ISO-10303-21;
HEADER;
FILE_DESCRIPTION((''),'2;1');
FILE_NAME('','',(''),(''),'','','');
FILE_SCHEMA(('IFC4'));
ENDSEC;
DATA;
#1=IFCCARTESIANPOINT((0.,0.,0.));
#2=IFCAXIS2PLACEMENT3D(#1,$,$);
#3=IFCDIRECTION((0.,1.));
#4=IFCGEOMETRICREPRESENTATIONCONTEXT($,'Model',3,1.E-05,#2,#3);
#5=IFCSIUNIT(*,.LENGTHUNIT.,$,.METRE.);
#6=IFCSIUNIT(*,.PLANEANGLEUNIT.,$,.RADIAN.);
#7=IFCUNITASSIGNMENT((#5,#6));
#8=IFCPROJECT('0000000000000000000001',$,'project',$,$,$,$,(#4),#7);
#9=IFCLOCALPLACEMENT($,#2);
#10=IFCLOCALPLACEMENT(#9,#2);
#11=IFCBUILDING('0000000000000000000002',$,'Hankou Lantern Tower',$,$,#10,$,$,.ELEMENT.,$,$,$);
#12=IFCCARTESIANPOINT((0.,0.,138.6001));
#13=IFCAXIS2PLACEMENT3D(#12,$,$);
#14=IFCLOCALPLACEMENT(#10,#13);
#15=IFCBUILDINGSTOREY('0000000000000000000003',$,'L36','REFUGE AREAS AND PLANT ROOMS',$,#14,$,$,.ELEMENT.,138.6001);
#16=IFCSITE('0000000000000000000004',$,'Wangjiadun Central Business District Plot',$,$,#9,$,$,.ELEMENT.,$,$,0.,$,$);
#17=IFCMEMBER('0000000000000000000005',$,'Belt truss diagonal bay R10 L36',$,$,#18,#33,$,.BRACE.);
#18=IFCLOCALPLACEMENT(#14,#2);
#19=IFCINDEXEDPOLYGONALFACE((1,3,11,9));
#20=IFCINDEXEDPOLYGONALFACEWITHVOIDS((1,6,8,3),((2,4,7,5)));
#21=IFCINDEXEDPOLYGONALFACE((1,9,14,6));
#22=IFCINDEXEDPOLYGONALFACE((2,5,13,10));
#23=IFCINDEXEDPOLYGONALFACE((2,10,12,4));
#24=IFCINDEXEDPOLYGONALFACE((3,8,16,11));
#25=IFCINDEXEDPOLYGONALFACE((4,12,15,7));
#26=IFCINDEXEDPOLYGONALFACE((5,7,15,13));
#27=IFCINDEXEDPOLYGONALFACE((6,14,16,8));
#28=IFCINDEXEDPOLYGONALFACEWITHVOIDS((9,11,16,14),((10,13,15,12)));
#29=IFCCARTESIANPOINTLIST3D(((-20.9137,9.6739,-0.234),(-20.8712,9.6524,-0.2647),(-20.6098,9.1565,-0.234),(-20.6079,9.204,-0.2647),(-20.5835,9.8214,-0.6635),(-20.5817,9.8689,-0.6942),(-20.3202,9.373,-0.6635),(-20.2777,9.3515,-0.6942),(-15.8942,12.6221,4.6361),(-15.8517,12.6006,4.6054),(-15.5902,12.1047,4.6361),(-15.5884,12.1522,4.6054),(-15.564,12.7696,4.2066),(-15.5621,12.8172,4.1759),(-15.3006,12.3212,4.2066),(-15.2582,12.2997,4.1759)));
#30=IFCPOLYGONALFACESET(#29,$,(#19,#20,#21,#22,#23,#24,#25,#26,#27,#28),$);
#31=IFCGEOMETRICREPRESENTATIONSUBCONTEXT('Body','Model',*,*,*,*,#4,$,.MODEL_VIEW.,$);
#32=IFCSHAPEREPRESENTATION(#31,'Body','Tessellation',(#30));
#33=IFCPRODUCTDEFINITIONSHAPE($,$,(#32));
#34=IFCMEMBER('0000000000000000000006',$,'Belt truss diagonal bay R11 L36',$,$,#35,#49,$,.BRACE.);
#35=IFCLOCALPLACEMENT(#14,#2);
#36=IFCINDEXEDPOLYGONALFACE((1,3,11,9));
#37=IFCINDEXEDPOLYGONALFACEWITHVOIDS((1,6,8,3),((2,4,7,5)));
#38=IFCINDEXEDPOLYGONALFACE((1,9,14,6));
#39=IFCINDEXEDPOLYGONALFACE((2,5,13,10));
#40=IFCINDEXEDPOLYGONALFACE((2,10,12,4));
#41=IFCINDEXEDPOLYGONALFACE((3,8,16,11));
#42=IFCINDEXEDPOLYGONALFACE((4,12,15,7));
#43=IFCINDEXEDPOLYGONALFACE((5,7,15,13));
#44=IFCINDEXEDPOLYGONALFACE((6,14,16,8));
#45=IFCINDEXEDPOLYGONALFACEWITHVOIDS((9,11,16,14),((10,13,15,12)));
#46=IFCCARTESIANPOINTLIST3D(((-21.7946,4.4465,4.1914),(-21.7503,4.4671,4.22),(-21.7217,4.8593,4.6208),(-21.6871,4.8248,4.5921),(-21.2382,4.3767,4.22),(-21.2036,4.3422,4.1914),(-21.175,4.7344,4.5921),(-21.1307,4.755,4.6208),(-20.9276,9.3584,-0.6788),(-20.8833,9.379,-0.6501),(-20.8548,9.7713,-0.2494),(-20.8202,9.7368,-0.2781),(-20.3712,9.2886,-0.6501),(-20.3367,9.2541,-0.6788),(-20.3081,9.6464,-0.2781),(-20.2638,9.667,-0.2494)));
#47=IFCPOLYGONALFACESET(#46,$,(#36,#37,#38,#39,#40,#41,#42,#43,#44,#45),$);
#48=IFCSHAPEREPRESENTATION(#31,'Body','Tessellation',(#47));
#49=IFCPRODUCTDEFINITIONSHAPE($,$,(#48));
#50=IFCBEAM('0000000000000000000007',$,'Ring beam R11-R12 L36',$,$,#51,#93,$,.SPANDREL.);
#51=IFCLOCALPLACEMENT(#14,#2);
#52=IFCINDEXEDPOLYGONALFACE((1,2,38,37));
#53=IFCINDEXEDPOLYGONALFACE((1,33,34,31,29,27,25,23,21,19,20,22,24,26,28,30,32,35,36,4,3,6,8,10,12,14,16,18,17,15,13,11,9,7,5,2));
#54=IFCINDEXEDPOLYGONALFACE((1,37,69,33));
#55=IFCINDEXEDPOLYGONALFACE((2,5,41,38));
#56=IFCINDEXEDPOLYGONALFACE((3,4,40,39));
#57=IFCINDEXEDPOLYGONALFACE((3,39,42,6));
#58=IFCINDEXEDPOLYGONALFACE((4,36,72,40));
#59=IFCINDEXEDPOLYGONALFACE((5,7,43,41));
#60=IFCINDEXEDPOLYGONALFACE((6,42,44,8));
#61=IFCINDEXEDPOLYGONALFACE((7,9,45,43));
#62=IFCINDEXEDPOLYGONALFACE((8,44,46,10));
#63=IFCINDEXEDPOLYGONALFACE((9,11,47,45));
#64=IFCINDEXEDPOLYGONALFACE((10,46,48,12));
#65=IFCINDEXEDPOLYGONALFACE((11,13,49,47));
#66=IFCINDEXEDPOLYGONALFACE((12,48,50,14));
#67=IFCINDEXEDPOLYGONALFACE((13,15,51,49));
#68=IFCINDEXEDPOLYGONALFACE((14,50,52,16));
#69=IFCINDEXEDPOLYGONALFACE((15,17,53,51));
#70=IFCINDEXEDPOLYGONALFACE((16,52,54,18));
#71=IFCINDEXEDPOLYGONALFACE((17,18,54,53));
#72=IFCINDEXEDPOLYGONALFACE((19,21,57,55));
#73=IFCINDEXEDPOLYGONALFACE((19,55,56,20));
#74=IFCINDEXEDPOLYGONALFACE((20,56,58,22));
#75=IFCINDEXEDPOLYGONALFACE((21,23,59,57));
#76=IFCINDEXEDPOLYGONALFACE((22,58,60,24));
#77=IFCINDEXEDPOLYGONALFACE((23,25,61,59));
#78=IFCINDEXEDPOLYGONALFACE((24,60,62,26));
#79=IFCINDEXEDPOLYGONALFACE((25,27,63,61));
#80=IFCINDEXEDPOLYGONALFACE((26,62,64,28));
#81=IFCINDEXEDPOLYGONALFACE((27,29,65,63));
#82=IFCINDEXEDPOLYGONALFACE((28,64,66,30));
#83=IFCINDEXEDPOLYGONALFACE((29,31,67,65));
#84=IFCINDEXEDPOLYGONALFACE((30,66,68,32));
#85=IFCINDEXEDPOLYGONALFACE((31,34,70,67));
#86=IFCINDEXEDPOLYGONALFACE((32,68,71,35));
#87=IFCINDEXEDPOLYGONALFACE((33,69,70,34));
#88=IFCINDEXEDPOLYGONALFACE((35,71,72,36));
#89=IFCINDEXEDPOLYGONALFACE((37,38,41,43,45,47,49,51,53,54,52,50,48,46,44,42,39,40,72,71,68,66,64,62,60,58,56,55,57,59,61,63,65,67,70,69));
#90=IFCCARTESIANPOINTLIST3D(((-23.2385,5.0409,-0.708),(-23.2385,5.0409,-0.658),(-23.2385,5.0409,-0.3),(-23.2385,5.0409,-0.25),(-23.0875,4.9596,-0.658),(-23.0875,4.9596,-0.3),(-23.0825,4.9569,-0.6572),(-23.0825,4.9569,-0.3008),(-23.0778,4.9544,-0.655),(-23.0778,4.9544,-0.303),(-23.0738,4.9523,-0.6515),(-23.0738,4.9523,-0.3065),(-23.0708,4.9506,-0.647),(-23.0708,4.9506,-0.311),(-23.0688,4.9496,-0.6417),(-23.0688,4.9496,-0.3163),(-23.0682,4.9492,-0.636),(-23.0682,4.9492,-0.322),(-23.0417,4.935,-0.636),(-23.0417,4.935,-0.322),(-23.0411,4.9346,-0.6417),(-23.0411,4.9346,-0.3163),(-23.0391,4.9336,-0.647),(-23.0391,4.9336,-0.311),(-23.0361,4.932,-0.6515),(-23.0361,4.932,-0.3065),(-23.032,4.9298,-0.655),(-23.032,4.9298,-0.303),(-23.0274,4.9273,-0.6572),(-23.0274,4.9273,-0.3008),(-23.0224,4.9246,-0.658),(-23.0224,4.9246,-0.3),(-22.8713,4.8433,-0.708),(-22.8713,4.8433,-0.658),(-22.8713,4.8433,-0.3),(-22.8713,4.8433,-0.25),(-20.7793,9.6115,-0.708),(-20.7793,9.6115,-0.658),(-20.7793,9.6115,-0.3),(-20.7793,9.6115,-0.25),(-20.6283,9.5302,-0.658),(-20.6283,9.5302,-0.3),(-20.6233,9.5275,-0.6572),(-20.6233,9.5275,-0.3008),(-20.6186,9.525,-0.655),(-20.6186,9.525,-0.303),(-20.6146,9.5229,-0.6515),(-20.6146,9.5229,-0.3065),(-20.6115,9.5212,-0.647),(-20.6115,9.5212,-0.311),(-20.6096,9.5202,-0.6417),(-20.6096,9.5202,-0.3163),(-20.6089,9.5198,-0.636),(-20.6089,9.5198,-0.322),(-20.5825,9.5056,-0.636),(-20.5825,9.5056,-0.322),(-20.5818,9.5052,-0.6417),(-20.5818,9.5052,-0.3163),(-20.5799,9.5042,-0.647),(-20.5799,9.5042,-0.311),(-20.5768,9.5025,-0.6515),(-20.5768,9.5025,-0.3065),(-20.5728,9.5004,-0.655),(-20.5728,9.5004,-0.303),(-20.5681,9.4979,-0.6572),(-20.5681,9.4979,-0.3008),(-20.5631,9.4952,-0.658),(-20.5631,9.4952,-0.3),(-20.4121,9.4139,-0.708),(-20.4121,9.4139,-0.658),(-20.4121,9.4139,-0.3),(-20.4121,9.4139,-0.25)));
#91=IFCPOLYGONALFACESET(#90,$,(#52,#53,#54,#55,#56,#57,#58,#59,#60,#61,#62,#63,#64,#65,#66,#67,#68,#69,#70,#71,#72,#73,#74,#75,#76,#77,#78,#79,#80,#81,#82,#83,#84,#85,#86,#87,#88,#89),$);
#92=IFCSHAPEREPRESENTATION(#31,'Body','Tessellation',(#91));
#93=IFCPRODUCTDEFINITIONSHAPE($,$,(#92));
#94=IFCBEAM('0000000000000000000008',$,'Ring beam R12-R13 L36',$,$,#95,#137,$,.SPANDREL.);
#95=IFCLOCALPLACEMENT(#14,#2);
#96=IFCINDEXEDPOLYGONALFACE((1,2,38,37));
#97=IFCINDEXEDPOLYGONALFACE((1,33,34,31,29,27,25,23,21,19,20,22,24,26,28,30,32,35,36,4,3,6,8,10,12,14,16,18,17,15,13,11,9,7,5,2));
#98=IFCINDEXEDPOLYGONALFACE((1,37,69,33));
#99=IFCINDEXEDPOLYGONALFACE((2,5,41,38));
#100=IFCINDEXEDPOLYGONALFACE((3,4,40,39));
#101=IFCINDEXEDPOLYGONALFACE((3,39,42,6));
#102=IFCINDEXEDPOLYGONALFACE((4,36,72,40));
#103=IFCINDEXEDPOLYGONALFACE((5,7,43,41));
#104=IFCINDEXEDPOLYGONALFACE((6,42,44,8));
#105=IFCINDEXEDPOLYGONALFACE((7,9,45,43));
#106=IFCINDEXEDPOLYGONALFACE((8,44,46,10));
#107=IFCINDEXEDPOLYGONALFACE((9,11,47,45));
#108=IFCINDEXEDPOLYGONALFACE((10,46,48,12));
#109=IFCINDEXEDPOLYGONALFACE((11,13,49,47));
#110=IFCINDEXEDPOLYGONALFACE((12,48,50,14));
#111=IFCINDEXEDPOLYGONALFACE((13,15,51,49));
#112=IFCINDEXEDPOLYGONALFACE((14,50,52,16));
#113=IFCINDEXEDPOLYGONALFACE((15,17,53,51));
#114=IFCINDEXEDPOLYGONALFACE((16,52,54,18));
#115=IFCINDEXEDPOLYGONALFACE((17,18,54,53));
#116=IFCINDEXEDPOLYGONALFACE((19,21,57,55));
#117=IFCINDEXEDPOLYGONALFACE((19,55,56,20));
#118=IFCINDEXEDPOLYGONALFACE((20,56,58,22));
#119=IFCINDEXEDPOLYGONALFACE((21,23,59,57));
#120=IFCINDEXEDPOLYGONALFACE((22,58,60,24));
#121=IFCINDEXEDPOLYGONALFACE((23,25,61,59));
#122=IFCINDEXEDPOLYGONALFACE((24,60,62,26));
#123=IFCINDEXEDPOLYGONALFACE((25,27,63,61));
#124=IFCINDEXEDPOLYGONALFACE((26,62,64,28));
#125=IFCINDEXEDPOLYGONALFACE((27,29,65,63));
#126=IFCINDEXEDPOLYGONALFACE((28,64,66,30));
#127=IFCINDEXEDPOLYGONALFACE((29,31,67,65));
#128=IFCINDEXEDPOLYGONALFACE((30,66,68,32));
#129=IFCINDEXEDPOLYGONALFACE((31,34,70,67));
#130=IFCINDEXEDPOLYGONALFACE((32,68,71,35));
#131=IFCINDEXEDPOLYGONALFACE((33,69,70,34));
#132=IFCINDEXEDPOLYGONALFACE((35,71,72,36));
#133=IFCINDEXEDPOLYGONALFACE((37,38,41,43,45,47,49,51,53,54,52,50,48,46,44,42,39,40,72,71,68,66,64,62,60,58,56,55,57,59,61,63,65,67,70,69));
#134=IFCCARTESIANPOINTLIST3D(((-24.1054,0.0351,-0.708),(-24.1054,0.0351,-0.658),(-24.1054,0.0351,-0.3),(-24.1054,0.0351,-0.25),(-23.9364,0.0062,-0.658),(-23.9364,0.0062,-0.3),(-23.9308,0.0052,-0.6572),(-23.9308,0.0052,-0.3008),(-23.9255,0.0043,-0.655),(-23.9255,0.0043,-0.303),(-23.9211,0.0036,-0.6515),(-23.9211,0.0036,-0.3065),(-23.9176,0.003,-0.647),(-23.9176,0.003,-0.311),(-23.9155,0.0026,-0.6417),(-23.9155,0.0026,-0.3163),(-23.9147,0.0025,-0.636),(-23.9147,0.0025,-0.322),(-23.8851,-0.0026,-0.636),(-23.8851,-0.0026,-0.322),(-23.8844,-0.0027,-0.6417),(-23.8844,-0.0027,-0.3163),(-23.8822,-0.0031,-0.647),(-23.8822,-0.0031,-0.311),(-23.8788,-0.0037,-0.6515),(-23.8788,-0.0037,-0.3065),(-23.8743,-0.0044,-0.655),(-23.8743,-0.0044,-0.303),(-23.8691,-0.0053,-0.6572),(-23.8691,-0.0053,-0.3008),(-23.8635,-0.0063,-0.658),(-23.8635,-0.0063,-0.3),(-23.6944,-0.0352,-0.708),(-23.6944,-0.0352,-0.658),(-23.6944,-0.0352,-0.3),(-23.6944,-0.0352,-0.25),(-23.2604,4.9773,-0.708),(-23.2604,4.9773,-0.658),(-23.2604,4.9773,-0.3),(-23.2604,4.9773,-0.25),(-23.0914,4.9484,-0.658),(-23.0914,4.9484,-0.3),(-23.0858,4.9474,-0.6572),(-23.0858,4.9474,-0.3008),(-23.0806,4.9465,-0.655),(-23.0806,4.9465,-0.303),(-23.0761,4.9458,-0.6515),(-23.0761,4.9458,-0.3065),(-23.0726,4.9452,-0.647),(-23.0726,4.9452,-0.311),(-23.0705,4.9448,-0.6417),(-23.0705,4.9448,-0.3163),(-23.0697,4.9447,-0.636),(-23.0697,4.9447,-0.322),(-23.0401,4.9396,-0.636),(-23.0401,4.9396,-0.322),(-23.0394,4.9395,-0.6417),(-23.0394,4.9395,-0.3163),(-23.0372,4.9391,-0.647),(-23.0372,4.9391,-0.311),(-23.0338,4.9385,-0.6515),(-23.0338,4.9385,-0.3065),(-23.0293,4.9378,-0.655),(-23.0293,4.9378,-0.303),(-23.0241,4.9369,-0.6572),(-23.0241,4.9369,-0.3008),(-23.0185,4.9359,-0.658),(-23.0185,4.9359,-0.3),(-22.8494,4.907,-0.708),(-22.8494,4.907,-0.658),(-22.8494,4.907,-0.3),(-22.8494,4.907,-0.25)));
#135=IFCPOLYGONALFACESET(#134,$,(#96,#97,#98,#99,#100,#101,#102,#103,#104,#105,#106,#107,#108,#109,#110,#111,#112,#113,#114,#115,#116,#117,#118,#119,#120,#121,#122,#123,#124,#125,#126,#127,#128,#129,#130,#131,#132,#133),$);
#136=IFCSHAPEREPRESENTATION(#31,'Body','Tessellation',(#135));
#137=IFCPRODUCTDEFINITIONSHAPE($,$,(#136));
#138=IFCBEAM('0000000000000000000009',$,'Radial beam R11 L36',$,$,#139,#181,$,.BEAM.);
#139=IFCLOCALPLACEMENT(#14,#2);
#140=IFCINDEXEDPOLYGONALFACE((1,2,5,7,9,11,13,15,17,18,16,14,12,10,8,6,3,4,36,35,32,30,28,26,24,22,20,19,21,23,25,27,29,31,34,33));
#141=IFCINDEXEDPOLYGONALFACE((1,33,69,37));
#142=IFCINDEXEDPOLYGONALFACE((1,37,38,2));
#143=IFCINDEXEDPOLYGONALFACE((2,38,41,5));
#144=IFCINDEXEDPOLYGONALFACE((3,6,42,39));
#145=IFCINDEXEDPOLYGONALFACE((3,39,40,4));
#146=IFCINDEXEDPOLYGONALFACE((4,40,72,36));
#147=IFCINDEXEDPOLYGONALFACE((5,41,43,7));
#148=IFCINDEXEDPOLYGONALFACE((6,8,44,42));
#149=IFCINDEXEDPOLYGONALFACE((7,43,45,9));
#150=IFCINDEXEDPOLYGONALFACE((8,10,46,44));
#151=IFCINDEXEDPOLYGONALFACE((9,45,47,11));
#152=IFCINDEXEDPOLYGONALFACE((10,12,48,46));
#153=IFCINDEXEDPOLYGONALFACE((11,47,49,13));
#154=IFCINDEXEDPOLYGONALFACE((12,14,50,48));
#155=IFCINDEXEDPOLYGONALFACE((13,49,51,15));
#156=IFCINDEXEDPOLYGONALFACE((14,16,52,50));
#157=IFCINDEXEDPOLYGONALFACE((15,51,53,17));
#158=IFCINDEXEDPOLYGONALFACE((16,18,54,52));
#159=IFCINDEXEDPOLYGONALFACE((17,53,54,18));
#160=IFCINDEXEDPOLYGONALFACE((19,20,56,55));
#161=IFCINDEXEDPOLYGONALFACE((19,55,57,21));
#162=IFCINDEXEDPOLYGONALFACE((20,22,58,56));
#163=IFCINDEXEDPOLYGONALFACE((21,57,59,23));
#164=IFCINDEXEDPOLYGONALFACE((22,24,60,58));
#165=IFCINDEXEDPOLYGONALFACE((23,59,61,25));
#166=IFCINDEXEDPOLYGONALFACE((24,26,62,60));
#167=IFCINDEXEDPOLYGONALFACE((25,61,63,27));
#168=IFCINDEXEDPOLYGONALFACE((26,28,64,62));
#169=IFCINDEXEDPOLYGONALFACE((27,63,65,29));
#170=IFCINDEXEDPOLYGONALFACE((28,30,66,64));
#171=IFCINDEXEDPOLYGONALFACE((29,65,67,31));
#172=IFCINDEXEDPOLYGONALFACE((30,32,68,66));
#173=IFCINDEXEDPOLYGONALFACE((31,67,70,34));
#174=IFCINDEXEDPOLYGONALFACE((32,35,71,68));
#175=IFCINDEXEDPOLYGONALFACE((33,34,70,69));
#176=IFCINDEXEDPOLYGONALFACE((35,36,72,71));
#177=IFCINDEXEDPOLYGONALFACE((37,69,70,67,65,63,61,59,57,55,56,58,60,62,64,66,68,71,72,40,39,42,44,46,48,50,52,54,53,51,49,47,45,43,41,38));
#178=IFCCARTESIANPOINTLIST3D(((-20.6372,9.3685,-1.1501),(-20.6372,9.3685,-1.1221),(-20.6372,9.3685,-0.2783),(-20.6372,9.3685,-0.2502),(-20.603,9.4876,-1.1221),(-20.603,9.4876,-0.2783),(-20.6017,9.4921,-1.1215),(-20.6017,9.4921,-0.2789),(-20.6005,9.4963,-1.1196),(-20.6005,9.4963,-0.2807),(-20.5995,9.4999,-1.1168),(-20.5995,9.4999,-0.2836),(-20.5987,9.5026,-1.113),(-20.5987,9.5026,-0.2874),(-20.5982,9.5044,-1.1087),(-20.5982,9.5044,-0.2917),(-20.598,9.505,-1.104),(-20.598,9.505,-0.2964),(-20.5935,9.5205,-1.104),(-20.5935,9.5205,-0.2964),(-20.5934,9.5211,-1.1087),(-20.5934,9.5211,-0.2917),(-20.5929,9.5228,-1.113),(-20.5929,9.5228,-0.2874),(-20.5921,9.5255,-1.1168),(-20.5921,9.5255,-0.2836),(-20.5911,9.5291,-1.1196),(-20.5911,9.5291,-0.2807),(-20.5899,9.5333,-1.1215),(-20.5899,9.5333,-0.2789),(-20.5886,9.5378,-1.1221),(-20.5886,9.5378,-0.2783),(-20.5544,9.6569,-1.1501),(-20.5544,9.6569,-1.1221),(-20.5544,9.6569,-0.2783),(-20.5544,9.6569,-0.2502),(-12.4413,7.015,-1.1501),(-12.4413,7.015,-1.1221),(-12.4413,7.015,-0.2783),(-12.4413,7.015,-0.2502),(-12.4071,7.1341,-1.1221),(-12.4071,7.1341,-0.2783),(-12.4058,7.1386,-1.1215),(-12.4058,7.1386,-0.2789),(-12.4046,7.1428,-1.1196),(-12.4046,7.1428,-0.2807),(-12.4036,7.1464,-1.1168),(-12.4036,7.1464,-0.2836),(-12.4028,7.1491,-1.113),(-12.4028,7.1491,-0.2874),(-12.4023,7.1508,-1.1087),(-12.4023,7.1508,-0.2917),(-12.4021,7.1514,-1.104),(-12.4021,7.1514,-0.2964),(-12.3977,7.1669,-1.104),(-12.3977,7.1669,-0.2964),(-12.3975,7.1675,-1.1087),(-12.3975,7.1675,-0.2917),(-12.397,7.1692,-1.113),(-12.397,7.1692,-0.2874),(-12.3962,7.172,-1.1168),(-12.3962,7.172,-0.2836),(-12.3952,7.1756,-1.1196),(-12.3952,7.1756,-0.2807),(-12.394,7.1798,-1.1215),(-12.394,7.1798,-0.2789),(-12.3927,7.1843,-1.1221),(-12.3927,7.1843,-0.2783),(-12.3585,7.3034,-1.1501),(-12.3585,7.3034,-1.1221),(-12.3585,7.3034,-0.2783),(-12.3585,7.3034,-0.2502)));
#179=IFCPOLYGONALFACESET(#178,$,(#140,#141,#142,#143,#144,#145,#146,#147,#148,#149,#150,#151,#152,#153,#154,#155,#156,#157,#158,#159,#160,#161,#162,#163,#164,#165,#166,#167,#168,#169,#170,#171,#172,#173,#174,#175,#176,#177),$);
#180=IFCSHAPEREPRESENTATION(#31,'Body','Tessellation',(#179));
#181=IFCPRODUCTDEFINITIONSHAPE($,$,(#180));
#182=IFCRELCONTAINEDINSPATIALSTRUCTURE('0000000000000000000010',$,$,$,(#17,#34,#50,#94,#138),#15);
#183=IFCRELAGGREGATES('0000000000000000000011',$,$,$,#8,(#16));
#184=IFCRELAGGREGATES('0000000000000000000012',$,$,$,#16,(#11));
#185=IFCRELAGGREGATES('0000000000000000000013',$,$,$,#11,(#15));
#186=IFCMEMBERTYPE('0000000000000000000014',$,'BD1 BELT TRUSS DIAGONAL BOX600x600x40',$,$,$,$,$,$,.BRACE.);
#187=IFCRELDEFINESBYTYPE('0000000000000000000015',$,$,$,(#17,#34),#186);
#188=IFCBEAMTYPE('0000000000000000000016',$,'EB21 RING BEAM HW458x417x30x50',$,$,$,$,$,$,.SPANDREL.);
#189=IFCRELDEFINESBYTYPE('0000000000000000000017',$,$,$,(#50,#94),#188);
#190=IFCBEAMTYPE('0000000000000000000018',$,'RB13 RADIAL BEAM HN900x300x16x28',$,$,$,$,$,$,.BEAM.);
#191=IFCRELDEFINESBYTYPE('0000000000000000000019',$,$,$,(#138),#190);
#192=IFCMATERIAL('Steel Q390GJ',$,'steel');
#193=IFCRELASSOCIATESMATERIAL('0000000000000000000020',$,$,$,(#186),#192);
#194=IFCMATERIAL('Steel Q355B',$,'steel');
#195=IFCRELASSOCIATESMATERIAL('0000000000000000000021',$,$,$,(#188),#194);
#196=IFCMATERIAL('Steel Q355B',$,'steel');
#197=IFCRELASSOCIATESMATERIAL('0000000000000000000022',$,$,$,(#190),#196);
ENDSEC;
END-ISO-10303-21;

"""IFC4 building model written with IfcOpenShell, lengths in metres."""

from ifc_helpers import new_model, si_unit, direction, frame, origin, origin_2d, place, context, subcontext, project, spatial, hollow_rectangle, i_section, extrude, material, material_profile, profile_set, type_object, element, save


model = new_model("IFC4")

# Units and contexts
model_context = context("Model", 3, precision=1e-05, world=origin(), true_north=direction((0.0, 1.0)))
body_context = subcontext(model_context, "Body", "Model", "MODEL_VIEW")
ifc_project = project(units=[si_unit("LENGTHUNIT", "METRE"), si_unit("PLANEANGLEUNIT", "RADIAN")], contexts=[model_context])

# Site, building, storey
site_placement = place(None, origin())
site = spatial("IfcSite", under=ifc_project, at=site_placement, Name="Wangjiadun Central Business District Plot", CompositionType="ELEMENT", RefElevation=0.0)
building_placement = place(site_placement, origin())
building = spatial("IfcBuilding", under=site, at=building_placement, Name="Hankou Lantern Tower", CompositionType="ELEMENT")
storey_placement = place(building_placement, frame((0.0, 0.0, 138.6001)))
storey = spatial("IfcBuildingStorey", under=building, at=storey_placement, Name="L36", Description="REFUGE AREAS AND PLANT ROOMS", CompositionType="ELEMENT", Elevation=138.6001)

# Members
ifc_material_1 = material(Name="Steel Q390GJ", Category="steel")
ifc_material_profile_1 = material_profile(ifc_material_1, hollow_rectangle(XDim=0.6001, YDim=0.6001, WallThickness=0.04, at=origin_2d()), Name="BOX600x600x40")
ifc_profile_set_1 = profile_set([ifc_material_profile_1], Name="Steel Q390GJ")
member_type = type_object("IfcMemberType", Name="BD1 BELT TRUSS DIAGONAL BOX600x600x40", PredefinedType="BRACE", material=ifc_profile_set_1)
member_1_placement = place(storey_placement, frame((-20.5957, 9.5127, -0.4641), z_axis=(0.661348, 0.388445, 0.641662), x_axis=(-0.506456, 0.862266, 0.0)))
element("IfcMember", 1, at=member_1_placement, inside=storey, type_object=member_type, Name="Belt truss diagonal bay R10 L36", PredefinedType="BRACE", context=body_context, shape_type="SweptSolid", body=[
    extrude(hollow_rectangle(XDim=0.6001, YDim=0.6001, WallThickness=0.04, at=origin_2d()), origin(), (0.0, 0.0, 1.0), 7.5898),
])
member_2_placement = place(storey_placement, frame((-20.5957, 9.5127, -0.4641), z_axis=(-0.124363, -0.704605, 0.698617), x_axis=(0.984779, -0.173813, 0.0)))
element("IfcMember", 2, at=member_2_placement, inside=storey, type_object=member_type, Name="Belt truss diagonal bay R11 L36", PredefinedType="BRACE", context=body_context, shape_type="SweptSolid", body=[
    extrude(hollow_rectangle(XDim=0.6001, YDim=0.6001, WallThickness=0.04, at=origin_2d()), origin(), (0.0, 0.0, 1.0), 6.9712),
])

# Beams
ifc_material_2 = material(Name="Steel Q355B", Category="steel")
ifc_material_profile_2 = material_profile(ifc_material_2, i_section(OverallWidth=0.417, OverallDepth=0.458, WebThickness=0.03, FlangeThickness=0.05, FilletRadius=0.022, at=origin_2d()), Name="HW458x417x30x50")
ifc_profile_set_2 = profile_set([ifc_material_profile_2], Name="Steel Q355B")
beam_type_1 = type_object("IfcBeamType", Name="EB21 RING BEAM HW458x417x30x50", PredefinedType="SPANDREL", material=ifc_profile_set_2)
beam_1_placement = place(storey_placement, frame((-20.5957, 9.5127, -0.479), z_axis=(-0.473825, -0.880619, 0.0), x_axis=(0.880619, -0.473825, 0.0)))
element("IfcBeam", 3, at=beam_1_placement, inside=storey, type_object=beam_type_1, Name="Ring beam R11-R12 L36", PredefinedType="SPANDREL", context=body_context, shape_type="SweptSolid", body=[
    extrude(i_section(OverallWidth=0.417, OverallDepth=0.458, WebThickness=0.03, FlangeThickness=0.05, FilletRadius=0.022, at=origin_2d()), origin(), (0.0, 0.0, 1.0), 5.1902),
])
beam_2_placement = place(storey_placement, frame((-23.0549, 4.9421, -0.479), z_axis=(-0.168527, -0.985697, 0.0), x_axis=(0.985697, -0.168527, 0.0)))
element("IfcBeam", 4, at=beam_2_placement, inside=storey, type_object=beam_type_1, Name="Ring beam R12-R13 L36", PredefinedType="SPANDREL", context=body_context, shape_type="SweptSolid", body=[
    extrude(i_section(OverallWidth=0.417, OverallDepth=0.458, WebThickness=0.03, FlangeThickness=0.05, FilletRadius=0.022, at=origin_2d()), origin(), (0.0, 0.0, 1.0), 5.0139),
])
ifc_material_3 = material(Name="Steel Q355B", Category="steel")
ifc_material_profile_3 = material_profile(ifc_material_3, i_section(OverallWidth=0.3, OverallDepth=0.8999, WebThickness=0.0161, FlangeThickness=0.0281, FilletRadius=0.0181, at=origin_2d()), Name="HN900x300x16x28")
ifc_profile_set_3 = profile_set([ifc_material_profile_3], Name="Steel Q355B")
beam_type_2 = type_object("IfcBeamType", Name="RB13 RADIAL BEAM HN900x300x16x28", PredefinedType="BEAM", material=ifc_profile_set_3)
beam_3_placement = place(storey_placement, frame((-12.3999, 7.1592, -0.7002), z_axis=(-0.961156, 0.276007, 0.0), x_axis=(-0.276007, -0.961156, 0.0)))
element("IfcBeam", 5, at=beam_3_placement, inside=storey, type_object=beam_type_2, Name="Radial beam R11 L36", PredefinedType="BEAM", context=body_context, shape_type="SweptSolid", body=[
    extrude(i_section(OverallWidth=0.3, OverallDepth=0.8999, WebThickness=0.0161, FlangeThickness=0.0281, FilletRadius=0.0181, at=origin_2d()), origin(), (0.0, 0.0, 1.0), 8.5271),
])

save(model, "model.ifc")
